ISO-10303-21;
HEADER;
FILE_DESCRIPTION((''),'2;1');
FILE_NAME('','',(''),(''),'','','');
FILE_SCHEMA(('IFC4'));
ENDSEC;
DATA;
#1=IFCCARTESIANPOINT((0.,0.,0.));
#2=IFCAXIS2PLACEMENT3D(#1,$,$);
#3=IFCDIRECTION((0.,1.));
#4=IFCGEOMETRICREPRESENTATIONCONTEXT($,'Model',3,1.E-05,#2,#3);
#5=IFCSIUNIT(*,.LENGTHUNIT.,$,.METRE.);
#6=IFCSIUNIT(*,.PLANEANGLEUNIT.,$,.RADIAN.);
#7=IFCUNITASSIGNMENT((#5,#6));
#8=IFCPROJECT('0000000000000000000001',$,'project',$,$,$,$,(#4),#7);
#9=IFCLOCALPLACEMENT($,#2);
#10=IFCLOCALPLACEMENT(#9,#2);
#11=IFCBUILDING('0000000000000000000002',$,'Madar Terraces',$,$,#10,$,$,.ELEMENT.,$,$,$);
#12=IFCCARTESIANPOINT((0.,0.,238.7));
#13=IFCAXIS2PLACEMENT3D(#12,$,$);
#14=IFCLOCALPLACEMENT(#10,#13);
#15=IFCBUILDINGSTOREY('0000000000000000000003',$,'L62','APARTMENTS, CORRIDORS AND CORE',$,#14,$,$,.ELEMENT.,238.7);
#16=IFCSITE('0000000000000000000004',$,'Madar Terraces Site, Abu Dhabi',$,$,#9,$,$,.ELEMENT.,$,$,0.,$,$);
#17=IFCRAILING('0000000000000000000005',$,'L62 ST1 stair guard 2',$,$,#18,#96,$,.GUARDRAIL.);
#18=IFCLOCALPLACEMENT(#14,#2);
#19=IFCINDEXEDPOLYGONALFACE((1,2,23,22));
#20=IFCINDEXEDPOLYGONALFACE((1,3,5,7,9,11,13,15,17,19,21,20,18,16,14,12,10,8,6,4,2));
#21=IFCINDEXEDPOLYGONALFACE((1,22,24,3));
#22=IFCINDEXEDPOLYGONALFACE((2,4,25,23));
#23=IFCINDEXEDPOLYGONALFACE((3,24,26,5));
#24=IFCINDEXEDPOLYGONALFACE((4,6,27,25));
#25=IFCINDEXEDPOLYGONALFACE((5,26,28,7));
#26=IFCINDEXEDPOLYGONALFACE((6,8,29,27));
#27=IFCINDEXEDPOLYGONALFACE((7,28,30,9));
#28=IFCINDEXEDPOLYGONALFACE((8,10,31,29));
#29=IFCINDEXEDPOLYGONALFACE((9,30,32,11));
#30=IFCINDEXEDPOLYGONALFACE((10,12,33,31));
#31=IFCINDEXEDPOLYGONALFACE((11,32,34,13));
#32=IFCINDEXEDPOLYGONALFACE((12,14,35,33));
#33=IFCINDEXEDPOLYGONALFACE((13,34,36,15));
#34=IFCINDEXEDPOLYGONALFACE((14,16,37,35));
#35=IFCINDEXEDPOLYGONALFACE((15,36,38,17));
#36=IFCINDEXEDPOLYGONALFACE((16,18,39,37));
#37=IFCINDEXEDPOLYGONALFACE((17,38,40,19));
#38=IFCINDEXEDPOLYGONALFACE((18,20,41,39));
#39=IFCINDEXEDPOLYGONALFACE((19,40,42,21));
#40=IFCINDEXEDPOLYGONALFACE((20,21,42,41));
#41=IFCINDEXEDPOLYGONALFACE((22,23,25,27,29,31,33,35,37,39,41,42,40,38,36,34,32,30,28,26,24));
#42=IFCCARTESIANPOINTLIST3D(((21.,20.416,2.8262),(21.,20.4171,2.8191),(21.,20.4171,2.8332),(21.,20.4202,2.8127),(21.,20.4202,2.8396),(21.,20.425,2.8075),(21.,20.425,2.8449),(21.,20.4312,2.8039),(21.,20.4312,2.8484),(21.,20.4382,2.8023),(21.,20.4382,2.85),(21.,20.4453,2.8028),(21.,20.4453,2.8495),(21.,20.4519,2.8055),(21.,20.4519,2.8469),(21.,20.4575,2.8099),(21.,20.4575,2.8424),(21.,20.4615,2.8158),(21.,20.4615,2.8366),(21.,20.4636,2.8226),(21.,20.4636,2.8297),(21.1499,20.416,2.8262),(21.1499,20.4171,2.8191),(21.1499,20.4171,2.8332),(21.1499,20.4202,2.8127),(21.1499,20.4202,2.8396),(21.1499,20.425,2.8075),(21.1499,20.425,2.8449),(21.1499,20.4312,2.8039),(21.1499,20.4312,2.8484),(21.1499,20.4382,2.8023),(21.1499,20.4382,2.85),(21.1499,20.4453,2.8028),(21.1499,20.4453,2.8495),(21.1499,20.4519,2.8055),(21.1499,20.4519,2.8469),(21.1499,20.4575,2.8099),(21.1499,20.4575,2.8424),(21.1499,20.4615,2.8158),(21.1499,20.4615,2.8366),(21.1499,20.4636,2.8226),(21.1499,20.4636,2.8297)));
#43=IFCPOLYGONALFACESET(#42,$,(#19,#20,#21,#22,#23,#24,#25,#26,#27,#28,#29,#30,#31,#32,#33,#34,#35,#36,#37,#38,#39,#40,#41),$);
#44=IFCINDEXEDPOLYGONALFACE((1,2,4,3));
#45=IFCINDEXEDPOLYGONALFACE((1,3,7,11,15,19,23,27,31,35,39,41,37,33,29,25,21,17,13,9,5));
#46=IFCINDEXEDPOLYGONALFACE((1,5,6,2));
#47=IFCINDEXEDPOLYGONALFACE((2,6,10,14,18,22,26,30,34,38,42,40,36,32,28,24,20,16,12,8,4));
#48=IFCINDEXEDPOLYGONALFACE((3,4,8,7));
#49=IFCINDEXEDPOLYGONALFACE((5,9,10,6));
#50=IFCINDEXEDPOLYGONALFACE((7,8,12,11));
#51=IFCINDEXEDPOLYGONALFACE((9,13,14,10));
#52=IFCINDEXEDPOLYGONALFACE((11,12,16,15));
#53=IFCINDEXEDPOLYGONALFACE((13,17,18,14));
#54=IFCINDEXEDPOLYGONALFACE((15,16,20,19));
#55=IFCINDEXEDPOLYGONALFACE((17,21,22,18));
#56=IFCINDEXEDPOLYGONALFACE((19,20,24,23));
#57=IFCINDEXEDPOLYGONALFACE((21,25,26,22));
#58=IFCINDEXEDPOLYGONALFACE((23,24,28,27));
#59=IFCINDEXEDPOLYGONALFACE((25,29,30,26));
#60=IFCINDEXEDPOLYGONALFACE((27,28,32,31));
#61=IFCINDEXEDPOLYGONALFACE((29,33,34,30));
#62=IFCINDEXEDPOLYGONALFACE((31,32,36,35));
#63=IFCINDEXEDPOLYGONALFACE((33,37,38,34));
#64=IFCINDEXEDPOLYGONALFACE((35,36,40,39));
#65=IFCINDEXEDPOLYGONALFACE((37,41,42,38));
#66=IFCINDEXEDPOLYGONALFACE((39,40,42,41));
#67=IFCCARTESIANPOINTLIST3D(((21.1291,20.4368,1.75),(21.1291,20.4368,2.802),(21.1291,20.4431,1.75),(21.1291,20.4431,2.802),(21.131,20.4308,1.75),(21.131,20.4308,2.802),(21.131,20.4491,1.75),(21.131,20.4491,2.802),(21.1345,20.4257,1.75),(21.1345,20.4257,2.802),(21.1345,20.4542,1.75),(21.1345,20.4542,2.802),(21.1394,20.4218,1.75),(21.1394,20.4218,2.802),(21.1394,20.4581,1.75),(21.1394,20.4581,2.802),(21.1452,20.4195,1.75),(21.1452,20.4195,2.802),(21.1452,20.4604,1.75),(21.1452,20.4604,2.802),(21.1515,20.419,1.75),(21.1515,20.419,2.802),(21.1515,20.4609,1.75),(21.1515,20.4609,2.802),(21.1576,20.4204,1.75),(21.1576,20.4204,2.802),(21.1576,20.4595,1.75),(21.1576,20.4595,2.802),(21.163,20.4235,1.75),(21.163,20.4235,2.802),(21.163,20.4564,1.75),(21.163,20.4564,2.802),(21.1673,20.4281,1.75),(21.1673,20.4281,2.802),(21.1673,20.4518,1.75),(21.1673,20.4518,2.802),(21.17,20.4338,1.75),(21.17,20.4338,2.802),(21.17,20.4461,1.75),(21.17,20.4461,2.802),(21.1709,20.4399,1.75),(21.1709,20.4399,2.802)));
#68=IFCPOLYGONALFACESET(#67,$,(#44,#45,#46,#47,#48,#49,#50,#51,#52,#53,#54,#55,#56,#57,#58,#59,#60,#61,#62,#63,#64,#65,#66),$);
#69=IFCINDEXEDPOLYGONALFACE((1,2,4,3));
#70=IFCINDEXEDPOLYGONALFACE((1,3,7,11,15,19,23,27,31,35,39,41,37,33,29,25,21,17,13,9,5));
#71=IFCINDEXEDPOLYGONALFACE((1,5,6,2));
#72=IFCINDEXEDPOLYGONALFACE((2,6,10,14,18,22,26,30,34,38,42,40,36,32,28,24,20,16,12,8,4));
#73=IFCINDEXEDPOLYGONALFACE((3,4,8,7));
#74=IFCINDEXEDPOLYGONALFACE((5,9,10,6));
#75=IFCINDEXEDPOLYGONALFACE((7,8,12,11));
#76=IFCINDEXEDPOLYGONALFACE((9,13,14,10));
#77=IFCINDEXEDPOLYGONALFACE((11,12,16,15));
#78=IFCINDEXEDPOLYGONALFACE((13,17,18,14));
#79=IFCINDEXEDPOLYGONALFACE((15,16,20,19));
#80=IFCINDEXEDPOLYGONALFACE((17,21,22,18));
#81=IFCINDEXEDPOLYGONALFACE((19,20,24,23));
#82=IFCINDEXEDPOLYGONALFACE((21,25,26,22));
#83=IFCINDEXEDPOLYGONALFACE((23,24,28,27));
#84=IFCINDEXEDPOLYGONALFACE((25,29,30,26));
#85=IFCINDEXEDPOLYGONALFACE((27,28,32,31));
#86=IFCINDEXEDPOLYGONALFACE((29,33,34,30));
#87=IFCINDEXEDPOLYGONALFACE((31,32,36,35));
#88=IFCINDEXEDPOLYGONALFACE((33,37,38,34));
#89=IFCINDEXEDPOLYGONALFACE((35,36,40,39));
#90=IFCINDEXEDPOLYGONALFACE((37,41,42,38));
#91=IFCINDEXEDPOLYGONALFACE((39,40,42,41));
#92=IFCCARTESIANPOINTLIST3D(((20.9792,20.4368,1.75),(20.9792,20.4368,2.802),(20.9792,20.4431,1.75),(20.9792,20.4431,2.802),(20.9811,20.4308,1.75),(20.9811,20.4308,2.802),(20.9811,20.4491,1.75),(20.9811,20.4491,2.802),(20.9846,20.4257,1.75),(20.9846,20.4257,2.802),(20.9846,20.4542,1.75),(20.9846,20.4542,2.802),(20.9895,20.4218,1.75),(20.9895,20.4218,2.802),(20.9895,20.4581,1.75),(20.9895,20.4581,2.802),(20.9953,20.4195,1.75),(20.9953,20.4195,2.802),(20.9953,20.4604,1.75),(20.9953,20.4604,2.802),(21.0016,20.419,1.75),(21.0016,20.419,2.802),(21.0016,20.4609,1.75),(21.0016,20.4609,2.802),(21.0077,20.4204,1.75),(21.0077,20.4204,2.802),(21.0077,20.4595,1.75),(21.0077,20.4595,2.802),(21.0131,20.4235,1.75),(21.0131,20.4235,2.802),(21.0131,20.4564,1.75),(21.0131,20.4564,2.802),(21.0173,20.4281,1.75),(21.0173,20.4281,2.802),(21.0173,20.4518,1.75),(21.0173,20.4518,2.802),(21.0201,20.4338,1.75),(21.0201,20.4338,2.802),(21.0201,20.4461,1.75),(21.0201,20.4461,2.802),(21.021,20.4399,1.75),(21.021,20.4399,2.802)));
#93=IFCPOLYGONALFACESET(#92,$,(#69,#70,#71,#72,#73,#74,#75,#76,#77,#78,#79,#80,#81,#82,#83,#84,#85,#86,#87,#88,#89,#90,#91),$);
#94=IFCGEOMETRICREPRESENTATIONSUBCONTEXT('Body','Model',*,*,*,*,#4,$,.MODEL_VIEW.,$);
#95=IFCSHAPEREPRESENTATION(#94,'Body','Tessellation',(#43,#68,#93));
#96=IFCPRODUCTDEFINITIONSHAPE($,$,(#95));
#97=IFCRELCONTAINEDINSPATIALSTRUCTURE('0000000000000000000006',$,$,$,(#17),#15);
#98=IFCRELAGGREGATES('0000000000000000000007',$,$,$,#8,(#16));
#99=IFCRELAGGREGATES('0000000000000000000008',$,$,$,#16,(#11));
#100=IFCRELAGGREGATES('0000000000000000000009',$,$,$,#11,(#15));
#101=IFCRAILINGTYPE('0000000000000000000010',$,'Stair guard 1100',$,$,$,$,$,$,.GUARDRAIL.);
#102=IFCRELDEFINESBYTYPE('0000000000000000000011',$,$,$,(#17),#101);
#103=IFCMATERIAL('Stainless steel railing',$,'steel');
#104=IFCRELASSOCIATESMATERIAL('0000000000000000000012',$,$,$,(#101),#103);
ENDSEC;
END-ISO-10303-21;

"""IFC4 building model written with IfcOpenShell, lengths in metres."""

from ifc_helpers import new_model, si_unit, direction, frame, origin, origin_2d, place, context, subcontext, project, spatial, circle, extrude, material, type_object, element, save


model = new_model("IFC4")

# Units and contexts
model_context = context("Model", 3, precision=1e-05, world=origin(), true_north=direction((0.0, 1.0)))
body_context = subcontext(model_context, "Body", "Model", "MODEL_VIEW")
ifc_project = project(units=[si_unit("LENGTHUNIT", "METRE"), si_unit("PLANEANGLEUNIT", "RADIAN")], contexts=[model_context])

# Site, building, storey
site_placement = place(None, origin())
site = spatial("IfcSite", under=ifc_project, at=site_placement, Name="Madar Terraces Site, Abu Dhabi", CompositionType="ELEMENT", RefElevation=0.0)
building_placement = place(site_placement, origin())
building = spatial("IfcBuilding", under=site, at=building_placement, Name="Madar Terraces", CompositionType="ELEMENT")
storey_placement = place(building_placement, frame((0.0, 0.0, 238.7)))
storey = spatial("IfcBuildingStorey", under=building, at=storey_placement, Name="L62", Description="APARTMENTS, CORRIDORS AND CORE", CompositionType="ELEMENT", Elevation=238.7)

# Railing
ifc_material_1 = material(Name="Stainless steel railing", Category="steel")
railing_type_1 = type_object("IfcRailingType", Name="Stair guard 1100", PredefinedType="GUARDRAIL", material=ifc_material_1)
railing_1_placement = place(storey_placement, frame((21.1499, 20.4399, 1.75)))
element("IfcRailing", 1, at=railing_1_placement, inside=storey, type_object=railing_type_1, Name="L62 ST1 stair guard 2", PredefinedType="GUARDRAIL", context=body_context, shape_type="SweptSolid", body=[
    extrude(circle(Radius=0.0239, at=origin_2d()), frame((0.0, 0.0, 1.0762), z_axis=(-1.0, 0.0, 0.0), x_axis=(0.0, -1.0, 0.0)), (0.0, 0.0, 1.0), 0.1499),
    extrude(circle(Radius=0.021, at=origin_2d()), origin(), (0.0, 0.0, 1.0), 1.052),
    extrude(circle(Radius=0.021, at=origin_2d()), frame((-0.1499, 0.0, 0.0)), (0.0, 0.0, 1.0), 1.052),
])

save(model, "model.ifc")
